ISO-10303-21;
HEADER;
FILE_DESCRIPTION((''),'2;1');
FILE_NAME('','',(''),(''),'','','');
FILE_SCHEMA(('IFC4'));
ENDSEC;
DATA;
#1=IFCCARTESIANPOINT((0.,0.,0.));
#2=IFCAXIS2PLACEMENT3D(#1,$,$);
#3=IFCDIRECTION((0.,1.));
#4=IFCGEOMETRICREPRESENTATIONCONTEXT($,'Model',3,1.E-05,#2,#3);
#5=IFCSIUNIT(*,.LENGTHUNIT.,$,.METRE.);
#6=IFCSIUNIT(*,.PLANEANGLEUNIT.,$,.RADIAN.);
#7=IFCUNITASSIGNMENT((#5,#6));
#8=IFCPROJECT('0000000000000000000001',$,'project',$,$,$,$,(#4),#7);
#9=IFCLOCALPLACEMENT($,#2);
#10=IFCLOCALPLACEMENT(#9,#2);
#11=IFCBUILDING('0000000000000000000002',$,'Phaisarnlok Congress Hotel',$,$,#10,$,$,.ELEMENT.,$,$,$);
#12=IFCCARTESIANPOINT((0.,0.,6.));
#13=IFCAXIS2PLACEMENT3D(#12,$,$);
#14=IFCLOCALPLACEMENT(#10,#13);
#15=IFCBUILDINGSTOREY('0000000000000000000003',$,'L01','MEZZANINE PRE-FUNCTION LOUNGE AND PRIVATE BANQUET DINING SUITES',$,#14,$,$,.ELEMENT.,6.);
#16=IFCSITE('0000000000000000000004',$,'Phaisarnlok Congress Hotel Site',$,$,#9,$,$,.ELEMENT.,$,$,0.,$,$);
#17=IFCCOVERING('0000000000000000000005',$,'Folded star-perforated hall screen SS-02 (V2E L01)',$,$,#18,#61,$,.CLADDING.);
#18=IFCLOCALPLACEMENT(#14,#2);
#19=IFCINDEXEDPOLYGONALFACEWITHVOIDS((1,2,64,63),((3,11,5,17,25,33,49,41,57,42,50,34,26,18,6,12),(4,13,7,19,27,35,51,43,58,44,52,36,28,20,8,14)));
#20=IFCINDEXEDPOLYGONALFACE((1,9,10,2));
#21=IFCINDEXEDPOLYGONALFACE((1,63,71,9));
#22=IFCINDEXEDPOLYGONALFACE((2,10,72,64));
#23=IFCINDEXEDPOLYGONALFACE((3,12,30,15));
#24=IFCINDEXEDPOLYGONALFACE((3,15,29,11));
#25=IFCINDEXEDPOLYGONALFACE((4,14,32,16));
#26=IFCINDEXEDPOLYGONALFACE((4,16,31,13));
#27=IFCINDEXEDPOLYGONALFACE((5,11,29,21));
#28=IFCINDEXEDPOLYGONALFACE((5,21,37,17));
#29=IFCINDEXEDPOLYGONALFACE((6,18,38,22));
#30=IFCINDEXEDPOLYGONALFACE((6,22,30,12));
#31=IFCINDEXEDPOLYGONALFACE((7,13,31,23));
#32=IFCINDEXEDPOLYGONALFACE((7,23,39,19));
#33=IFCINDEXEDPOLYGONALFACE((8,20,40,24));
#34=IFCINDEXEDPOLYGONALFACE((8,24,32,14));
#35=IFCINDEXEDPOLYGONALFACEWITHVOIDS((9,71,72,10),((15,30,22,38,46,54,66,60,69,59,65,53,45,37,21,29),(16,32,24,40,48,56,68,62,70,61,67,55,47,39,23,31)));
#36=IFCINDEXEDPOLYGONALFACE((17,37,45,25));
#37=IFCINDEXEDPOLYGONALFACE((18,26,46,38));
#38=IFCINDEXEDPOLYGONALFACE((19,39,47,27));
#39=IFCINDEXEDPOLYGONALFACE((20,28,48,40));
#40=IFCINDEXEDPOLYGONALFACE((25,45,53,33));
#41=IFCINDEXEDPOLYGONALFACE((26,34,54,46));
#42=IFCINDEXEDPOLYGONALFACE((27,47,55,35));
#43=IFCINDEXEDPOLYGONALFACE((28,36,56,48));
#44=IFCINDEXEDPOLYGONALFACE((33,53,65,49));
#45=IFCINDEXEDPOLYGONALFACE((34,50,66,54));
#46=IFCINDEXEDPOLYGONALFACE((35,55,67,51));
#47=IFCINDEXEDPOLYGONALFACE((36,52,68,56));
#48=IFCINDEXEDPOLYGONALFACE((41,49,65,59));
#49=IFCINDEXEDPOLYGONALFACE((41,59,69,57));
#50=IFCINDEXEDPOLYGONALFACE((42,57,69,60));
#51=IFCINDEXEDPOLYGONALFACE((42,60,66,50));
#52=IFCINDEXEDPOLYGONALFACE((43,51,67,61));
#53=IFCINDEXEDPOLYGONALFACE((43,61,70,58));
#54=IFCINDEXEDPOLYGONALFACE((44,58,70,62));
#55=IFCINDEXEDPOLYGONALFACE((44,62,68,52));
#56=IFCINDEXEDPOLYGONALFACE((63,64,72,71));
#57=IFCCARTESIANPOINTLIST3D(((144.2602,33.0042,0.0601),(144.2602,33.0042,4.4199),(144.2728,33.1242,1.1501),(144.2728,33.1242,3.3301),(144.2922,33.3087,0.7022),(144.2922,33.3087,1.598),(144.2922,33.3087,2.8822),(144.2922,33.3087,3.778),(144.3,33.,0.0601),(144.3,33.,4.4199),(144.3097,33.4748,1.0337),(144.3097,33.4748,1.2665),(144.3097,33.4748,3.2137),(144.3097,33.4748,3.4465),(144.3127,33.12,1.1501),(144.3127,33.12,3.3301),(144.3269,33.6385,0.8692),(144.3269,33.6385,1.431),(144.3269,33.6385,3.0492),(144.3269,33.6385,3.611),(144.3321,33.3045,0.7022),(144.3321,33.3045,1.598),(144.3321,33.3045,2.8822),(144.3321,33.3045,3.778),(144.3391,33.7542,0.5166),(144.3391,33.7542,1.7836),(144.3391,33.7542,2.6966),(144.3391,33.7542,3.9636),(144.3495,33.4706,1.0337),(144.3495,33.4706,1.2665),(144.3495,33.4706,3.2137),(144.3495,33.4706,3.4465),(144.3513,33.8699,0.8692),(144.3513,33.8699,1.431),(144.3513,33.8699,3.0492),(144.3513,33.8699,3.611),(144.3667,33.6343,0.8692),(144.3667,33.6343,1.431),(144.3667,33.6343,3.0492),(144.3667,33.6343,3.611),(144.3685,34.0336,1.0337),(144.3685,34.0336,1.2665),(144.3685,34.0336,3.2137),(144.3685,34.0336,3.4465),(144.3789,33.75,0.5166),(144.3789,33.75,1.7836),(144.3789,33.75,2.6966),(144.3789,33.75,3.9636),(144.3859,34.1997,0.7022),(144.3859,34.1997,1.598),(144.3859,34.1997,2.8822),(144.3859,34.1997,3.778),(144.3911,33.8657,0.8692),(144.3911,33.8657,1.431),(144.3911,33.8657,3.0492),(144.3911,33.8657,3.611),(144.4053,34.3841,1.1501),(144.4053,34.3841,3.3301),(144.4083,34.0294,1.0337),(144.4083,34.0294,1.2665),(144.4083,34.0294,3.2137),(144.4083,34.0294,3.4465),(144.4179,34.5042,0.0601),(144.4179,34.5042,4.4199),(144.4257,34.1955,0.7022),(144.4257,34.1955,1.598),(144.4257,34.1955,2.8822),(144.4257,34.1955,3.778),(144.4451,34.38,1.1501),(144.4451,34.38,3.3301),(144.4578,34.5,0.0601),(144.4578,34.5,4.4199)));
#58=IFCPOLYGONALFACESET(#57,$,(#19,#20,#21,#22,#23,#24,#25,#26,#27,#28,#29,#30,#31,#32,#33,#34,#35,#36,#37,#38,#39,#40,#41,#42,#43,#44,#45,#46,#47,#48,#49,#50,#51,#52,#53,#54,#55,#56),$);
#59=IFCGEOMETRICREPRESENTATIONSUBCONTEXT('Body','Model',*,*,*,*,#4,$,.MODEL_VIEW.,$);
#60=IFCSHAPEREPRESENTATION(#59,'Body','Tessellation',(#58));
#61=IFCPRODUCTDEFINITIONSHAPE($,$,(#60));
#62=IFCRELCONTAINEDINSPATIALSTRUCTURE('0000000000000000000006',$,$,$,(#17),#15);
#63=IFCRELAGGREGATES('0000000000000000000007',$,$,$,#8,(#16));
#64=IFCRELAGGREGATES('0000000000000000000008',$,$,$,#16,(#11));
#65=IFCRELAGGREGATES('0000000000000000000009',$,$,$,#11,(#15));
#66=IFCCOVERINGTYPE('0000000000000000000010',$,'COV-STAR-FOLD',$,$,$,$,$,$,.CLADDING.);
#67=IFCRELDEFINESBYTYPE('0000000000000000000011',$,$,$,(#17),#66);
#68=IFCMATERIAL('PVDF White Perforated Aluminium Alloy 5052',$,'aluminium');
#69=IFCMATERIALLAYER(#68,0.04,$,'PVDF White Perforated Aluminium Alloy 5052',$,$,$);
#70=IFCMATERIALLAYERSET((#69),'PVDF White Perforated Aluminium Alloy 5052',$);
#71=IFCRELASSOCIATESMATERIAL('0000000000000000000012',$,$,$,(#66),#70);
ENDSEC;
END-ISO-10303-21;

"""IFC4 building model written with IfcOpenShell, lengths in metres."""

from ifc_helpers import new_model, si_unit, direction, frame, origin, place, context, subcontext, project, spatial, polyline, outline, extrude, material, layer, layer_set, type_object, element, save


model = new_model("IFC4")

# Units and contexts
model_context = context("Model", 3, precision=1e-05, world=origin(), true_north=direction((0.0, 1.0)))
body_context = subcontext(model_context, "Body", "Model", "MODEL_VIEW")
ifc_project = project(units=[si_unit("LENGTHUNIT", "METRE"), si_unit("PLANEANGLEUNIT", "RADIAN")], contexts=[model_context])

# Site, building, storey
site_placement = place(None, origin())
site = spatial("IfcSite", under=ifc_project, at=site_placement, Name="Phaisarnlok Congress Hotel Site", CompositionType="ELEMENT", RefElevation=0.0)
building_placement = place(site_placement, origin())
building = spatial("IfcBuilding", under=site, at=building_placement, Name="Phaisarnlok Congress Hotel", CompositionType="ELEMENT")
storey_placement = place(building_placement, frame((0.0, 0.0, 6.0)))
storey = spatial("IfcBuildingStorey", under=building, at=storey_placement, Name="L01", Description="MEZZANINE PRE-FUNCTION LOUNGE AND PRIVATE BANQUET DINING SUITES", CompositionType="ELEMENT", Elevation=6.0)

# Covering
ifc_material_1 = material(Name="PVDF White Perforated Aluminium Alloy 5052", Category="aluminium")
ifc_layer_1 = layer(ifc_material_1, 0.04, Name="PVDF White Perforated Aluminium Alloy 5052")
ifc_layer_set_1 = layer_set([ifc_layer_1], Name="PVDF White Perforated Aluminium Alloy 5052")
covering_type = type_object("IfcCoveringType", Name="COV-STAR-FOLD", PredefinedType="CLADDING", material=ifc_layer_set_1)
for number, where, z_axis, x_axis, name in (
    (1, (144.4578, 34.5, 0.0601), (-0.994518, 0.104567, 0.0), (-0.104567, -0.994518, 0.0), "Folded star-perforated hall screen SS-02 (V2E L01)"),
):
    element("IfcCovering", number, at=place(storey_placement, frame(where, z_axis=z_axis, x_axis=x_axis)), inside=storey, type_object=covering_type, Name=name, PredefinedType="CLADDING", context=body_context, shape_type="SweptSolid", body=[
        extrude(outline(polyline([(0.0, 0.0), (1.5083, 0.0), (1.5083, 4.3599), (0.0, 4.3599), (0.0, 0.0)]), holes=[polyline([(1.0351, 0.9736), (1.2021, 0.6421), (0.8705, 0.8091), (0.7541, 0.4565), (0.6378, 0.8091), (0.3062, 0.6421), (0.4732, 0.9736), (0.1207, 1.09), (0.4732, 1.2064), (0.3062, 1.5379), (0.6378, 1.3709), (0.7541, 1.7235), (0.8705, 1.3709), (1.2021, 1.5379), (1.0351, 1.2064), (1.3876, 1.09), (1.0351, 0.9736)]), polyline([(1.0351, 3.1536), (1.2021, 2.8221), (0.8705, 2.9891), (0.7541, 2.6365), (0.6378, 2.9891), (0.3062, 2.8221), (0.4732, 3.1536), (0.1207, 3.27), (0.4732, 3.3864), (0.3062, 3.7179), (0.6378, 3.5509), (0.7541, 3.9035), (0.8705, 3.5509), (1.2021, 3.7179), (1.0351, 3.3864), (1.3876, 3.27), (1.0351, 3.1536)])]), origin(), (0.0, 0.0, 1.0), 0.04),
    ])

save(model, "model.ifc")
